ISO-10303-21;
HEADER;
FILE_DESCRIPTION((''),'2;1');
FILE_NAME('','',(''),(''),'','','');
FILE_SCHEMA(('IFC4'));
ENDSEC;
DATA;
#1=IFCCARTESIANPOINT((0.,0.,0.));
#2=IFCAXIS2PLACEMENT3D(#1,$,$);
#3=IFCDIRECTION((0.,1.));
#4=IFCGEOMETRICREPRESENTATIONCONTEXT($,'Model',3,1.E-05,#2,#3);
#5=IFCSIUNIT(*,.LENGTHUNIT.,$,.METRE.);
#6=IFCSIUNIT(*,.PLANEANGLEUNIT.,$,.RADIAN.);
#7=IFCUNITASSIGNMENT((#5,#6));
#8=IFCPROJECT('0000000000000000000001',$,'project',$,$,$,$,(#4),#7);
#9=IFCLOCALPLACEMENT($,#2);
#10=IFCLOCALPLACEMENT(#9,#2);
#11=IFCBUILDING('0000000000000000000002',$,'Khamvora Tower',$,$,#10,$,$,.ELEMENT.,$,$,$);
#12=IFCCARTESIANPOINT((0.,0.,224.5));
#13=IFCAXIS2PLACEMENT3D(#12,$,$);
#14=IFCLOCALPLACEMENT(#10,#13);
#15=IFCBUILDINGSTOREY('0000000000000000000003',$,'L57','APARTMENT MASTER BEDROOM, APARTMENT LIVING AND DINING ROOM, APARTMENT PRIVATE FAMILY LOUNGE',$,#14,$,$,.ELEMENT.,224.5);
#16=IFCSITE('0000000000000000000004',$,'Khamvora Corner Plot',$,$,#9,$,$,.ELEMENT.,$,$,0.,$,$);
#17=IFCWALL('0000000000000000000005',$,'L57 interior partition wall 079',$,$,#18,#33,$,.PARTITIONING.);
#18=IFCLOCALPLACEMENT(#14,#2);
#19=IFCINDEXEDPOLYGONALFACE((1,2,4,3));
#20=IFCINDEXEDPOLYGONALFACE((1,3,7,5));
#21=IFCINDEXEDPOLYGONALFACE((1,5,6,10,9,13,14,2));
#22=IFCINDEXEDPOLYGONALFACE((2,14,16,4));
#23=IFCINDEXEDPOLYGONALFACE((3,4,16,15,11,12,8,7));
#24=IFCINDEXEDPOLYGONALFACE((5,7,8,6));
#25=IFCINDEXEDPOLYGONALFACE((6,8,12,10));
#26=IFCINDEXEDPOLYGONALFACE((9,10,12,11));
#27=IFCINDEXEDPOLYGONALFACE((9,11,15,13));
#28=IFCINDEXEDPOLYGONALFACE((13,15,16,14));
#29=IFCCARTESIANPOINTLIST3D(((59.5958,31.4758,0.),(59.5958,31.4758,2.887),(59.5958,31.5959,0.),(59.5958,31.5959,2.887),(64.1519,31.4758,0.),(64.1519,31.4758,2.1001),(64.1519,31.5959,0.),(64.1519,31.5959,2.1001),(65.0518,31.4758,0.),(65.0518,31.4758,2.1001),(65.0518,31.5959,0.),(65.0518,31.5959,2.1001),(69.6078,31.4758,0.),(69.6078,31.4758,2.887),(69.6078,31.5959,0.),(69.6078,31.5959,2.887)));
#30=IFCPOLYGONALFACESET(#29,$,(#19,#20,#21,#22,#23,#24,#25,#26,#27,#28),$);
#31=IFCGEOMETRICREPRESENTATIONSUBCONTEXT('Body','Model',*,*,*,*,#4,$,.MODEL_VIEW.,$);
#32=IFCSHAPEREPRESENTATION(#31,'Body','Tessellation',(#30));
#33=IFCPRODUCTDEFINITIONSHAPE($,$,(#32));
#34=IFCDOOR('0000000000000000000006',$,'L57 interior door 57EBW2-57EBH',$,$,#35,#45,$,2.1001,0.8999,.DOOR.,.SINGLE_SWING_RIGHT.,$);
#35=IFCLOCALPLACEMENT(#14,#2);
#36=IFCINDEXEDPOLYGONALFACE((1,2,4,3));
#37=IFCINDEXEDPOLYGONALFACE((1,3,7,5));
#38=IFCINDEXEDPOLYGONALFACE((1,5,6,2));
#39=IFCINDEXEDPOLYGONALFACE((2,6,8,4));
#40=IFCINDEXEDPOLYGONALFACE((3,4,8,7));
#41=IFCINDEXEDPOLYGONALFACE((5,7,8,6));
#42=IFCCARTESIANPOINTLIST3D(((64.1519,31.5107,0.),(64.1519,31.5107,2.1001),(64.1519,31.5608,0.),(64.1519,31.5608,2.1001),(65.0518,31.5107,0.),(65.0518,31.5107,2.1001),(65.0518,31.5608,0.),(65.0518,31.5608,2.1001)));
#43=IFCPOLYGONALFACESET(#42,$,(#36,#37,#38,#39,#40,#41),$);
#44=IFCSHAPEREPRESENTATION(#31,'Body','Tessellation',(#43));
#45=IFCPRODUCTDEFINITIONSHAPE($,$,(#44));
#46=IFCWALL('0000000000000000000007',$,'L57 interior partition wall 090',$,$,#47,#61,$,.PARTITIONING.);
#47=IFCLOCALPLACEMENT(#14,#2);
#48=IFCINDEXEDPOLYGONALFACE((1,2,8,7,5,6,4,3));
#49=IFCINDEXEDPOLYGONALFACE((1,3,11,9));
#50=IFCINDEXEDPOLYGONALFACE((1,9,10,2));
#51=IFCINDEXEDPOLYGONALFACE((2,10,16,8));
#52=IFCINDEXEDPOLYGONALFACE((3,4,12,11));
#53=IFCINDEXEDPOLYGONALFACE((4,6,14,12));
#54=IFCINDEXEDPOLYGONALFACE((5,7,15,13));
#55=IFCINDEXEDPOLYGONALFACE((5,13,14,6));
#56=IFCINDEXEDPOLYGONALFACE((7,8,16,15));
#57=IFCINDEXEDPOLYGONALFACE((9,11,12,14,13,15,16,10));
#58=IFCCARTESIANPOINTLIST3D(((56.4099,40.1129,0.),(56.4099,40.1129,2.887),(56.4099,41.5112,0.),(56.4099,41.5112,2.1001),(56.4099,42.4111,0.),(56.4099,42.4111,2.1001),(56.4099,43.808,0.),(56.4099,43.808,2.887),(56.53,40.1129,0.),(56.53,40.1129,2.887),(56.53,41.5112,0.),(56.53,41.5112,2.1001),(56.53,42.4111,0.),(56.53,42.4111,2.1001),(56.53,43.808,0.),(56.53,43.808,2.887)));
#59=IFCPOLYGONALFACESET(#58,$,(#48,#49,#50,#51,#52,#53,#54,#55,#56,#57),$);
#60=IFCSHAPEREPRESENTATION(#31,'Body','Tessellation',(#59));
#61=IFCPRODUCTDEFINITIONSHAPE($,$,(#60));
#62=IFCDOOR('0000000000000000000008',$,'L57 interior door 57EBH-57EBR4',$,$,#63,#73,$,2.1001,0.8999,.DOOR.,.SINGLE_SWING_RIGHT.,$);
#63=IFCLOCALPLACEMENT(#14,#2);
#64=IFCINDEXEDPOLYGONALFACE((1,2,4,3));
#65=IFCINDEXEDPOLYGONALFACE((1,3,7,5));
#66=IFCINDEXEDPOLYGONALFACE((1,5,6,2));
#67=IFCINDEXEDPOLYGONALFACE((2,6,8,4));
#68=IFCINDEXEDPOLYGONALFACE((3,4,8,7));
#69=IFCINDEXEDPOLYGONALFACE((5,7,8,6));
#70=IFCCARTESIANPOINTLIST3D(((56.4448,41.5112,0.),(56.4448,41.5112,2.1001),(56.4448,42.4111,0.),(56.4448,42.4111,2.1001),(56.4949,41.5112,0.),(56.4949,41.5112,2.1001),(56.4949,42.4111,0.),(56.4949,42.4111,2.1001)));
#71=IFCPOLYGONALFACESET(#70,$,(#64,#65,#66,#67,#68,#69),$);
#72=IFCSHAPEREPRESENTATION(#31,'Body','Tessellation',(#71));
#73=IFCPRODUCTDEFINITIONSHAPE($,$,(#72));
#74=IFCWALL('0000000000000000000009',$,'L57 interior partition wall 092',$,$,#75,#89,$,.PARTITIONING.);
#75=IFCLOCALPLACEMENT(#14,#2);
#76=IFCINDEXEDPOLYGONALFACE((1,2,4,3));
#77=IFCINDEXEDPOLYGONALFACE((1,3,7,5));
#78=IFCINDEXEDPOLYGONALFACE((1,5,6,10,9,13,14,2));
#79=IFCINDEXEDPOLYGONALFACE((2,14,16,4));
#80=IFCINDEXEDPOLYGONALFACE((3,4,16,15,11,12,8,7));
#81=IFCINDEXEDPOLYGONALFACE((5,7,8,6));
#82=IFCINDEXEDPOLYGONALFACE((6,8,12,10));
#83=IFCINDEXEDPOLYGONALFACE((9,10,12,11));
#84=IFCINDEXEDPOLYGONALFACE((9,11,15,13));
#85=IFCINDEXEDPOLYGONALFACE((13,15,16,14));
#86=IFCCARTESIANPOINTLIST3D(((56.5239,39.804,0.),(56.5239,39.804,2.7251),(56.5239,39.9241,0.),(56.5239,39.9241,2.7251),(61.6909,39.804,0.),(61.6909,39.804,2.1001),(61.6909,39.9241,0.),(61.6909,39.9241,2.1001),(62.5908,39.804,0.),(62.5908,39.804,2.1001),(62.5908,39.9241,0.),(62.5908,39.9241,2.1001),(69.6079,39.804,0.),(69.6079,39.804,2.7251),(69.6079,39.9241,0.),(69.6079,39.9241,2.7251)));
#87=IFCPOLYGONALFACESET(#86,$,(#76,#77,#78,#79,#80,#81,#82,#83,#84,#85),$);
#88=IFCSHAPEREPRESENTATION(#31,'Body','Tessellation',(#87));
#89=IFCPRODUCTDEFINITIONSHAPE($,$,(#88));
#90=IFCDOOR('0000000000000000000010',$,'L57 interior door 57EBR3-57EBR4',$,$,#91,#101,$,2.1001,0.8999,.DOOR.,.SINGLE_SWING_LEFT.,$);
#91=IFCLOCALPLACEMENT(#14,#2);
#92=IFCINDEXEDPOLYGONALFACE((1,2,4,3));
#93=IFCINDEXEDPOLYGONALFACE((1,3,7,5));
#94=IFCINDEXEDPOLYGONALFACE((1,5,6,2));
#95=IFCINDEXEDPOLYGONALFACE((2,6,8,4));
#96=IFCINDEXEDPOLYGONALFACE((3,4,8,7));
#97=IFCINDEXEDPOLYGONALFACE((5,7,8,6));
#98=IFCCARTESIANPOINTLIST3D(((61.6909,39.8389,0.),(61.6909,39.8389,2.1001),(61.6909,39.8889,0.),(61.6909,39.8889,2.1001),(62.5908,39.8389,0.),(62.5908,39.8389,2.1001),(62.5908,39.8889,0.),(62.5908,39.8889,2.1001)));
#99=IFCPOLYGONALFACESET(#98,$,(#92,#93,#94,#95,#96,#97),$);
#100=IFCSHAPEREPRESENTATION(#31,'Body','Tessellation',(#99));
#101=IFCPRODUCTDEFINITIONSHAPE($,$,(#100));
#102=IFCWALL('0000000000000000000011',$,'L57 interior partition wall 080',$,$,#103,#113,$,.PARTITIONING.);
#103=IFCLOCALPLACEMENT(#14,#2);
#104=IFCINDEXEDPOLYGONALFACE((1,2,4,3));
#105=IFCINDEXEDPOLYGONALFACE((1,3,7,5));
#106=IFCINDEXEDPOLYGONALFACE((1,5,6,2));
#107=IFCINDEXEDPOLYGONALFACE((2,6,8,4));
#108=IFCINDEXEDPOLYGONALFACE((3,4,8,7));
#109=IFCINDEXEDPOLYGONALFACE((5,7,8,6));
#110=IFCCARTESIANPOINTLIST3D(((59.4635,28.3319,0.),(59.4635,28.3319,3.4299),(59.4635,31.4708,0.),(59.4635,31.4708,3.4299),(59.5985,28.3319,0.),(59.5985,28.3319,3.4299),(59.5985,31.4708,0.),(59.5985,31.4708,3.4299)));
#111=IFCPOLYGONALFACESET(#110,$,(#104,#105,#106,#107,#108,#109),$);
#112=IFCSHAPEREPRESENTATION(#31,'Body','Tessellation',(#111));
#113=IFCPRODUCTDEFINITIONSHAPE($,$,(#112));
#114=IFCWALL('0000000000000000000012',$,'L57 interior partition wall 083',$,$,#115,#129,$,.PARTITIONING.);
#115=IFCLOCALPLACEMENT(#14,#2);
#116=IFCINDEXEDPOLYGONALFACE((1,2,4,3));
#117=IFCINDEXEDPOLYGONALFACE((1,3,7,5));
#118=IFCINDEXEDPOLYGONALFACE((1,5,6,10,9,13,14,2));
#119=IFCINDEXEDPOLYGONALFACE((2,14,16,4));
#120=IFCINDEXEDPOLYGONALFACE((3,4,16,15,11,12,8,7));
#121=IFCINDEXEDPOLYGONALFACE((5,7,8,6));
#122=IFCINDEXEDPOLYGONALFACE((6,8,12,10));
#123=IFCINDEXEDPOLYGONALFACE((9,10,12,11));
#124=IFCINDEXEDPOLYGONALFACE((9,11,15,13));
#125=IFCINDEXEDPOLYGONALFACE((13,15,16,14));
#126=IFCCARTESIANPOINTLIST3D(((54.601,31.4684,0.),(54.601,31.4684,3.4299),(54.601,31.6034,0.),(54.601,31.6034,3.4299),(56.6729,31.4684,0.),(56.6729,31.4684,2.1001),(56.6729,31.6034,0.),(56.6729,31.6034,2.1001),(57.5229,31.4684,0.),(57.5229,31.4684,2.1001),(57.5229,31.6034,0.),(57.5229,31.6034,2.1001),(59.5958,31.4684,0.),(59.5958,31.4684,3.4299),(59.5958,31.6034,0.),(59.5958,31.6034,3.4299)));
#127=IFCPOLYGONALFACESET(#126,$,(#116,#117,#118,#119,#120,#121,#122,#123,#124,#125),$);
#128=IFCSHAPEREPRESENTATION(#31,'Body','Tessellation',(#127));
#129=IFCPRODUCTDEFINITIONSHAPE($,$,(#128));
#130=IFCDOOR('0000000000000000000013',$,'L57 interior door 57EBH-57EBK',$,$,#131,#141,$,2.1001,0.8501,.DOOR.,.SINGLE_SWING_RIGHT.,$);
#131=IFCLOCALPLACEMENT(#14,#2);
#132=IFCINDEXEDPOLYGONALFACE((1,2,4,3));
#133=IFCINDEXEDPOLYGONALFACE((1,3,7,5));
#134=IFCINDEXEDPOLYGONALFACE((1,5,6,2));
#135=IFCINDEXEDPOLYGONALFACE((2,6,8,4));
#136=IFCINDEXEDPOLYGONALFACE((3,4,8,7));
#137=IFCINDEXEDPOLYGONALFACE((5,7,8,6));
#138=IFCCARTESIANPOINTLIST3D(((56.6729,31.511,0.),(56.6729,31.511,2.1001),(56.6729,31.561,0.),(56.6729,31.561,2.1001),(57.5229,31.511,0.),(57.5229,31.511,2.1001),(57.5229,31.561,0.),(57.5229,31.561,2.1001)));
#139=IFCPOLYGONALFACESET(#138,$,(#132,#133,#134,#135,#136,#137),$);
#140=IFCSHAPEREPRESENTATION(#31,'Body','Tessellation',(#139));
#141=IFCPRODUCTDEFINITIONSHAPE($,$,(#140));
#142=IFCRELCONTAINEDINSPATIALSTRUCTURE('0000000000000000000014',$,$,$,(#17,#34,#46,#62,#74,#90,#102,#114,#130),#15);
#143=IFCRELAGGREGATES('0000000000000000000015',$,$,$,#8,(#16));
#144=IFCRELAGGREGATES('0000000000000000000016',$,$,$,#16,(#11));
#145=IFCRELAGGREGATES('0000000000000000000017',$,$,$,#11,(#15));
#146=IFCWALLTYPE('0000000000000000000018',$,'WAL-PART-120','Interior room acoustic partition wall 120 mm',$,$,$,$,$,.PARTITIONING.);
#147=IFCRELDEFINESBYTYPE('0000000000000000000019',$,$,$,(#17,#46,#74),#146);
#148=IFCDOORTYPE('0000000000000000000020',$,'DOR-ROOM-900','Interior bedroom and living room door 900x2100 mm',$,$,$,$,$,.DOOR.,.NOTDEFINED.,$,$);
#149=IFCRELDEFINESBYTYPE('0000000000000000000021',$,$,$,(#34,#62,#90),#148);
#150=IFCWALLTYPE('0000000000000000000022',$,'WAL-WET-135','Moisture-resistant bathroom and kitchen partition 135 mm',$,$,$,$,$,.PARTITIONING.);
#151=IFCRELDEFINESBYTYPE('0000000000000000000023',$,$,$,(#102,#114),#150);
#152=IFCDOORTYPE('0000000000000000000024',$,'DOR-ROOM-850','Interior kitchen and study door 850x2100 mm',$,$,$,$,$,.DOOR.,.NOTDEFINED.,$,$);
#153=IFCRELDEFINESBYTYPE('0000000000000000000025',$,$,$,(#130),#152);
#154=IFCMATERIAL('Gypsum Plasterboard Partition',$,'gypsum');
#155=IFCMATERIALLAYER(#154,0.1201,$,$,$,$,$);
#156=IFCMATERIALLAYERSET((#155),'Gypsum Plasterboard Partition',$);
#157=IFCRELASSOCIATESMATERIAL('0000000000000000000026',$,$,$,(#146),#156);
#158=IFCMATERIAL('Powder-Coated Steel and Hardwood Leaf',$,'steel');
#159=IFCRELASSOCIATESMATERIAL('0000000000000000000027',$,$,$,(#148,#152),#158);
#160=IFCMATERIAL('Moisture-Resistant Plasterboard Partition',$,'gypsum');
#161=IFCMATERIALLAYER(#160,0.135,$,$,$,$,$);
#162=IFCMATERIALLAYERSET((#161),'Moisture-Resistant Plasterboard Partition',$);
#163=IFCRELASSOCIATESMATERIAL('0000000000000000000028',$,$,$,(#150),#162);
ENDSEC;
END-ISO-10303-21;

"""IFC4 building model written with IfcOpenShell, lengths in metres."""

from ifc_helpers import new_model, si_unit, direction, frame, frame_2d, origin, place, context, subcontext, project, spatial, rectangle, extrude, material, layer, layer_set, type_object, element, fill, save


model = new_model("IFC4")

# Units and contexts
model_context = context("Model", 3, precision=1e-05, world=origin(), true_north=direction((0.0, 1.0)))
body_context = subcontext(model_context, "Body", "Model", "MODEL_VIEW")
ifc_project = project(units=[si_unit("LENGTHUNIT", "METRE"), si_unit("PLANEANGLEUNIT", "RADIAN")], contexts=[model_context])

# Site, building, storey
site_placement = place(None, origin())
site = spatial("IfcSite", under=ifc_project, at=site_placement, Name="Khamvora Corner Plot", CompositionType="ELEMENT", RefElevation=0.0)
building_placement = place(site_placement, origin())
building = spatial("IfcBuilding", under=site, at=building_placement, Name="Khamvora Tower", CompositionType="ELEMENT")
storey_placement = place(building_placement, frame((0.0, 0.0, 224.5)))
storey = spatial("IfcBuildingStorey", under=building, at=storey_placement, Name="L57", Description="APARTMENT MASTER BEDROOM, APARTMENT LIVING AND DINING ROOM, APARTMENT PRIVATE FAMILY LOUNGE", CompositionType="ELEMENT", Elevation=224.5)

# Walls, openings, doors
ifc_material_1 = material(Name="Gypsum Plasterboard Partition", Category="gypsum")
ifc_layer_1 = layer(ifc_material_1, 0.1201)
ifc_layer_set_1 = layer_set([ifc_layer_1], Name="Gypsum Plasterboard Partition")
wall_type_1 = type_object("IfcWallType", Name="WAL-PART-120", Description="Interior room acoustic partition wall 120 mm", PredefinedType="PARTITIONING", material=ifc_layer_set_1)
wall_1_placement = place(storey_placement, frame((59.5959, 31.5359, 0.0), z_axis=(0.0, 0.0, 1.0), x_axis=(1.0, 0.0, 0.0)))
wall_1 = element("IfcWall", 1, at=wall_1_placement, inside=storey, type_object=wall_type_1, Name="L57 interior partition wall 079", PredefinedType="PARTITIONING", context=body_context, shape_type="SweptSolid", body=[
    extrude(rectangle(XDim=10.012, YDim=0.1201, at=frame_2d((5.0059, 0.0))), origin(), (0.0, 0.0, 1.0), 2.887),
])
opening_1_placement = place(wall_1_placement, frame((4.5559, 0.0, 0.0)))
opening_1 = element("IfcOpeningElement", 2, at=opening_1_placement, cuts=wall_1, PredefinedType="OPENING", context=body_context, shape_type="SweptSolid", body=[
    extrude(rectangle(XDim=0.8999, YDim=2.1001, at=frame_2d((0.45, 1.05))), frame((0.0, 0.0701, 0.0), z_axis=(0.0, -1.0, 0.0), x_axis=(1.0, 0.0, 0.0)), (0.0, 0.0, 1.0), 0.1401),
])
ifc_material_2 = material(Name="Powder-Coated Steel and Hardwood Leaf", Category="steel")
door_type_1 = type_object("IfcDoorType", Name="DOR-ROOM-900", Description="Interior bedroom and living room door 900x2100 mm", OperationType="NOTDEFINED", PredefinedType="DOOR", material=ifc_material_2)
door_1_placement = place(opening_1_placement, origin())
door_1 = element("IfcDoor", 3, at=door_1_placement, inside=storey, type_object=door_type_1, Name="L57 interior door 57EBW2-57EBH", OperationType="SINGLE_SWING_RIGHT", OverallHeight=2.1001, OverallWidth=0.8999, PredefinedType="DOOR", context=body_context, shape_type="SweptSolid", body=[
    extrude(rectangle(XDim=0.8999, YDim=2.1001, at=frame_2d((0.45, 1.05))), frame((0.0, 0.0249, 0.0), z_axis=(0.0, -1.0, 0.0), x_axis=(1.0, 0.0, 0.0)), (0.0, 0.0, 1.0), 0.05),
])
fill(opening_1, door_1)
wall_2_placement = place(storey_placement, frame((56.47, 43.8081, 0.0), z_axis=(0.0, 0.0, 1.0), x_axis=(0.0, -1.0, 0.0)))
wall_2 = element("IfcWall", 4, at=wall_2_placement, inside=storey, type_object=wall_type_1, Name="L57 interior partition wall 090", PredefinedType="PARTITIONING", context=body_context, shape_type="SweptSolid", body=[
    extrude(rectangle(XDim=3.6951, YDim=0.1201, at=frame_2d((1.8477, 0.0))), origin(), (0.0, 0.0, 1.0), 2.887),
])
opening_2_placement = place(wall_2_placement, frame((1.397, 0.0, 0.0)))
opening_2 = element("IfcOpeningElement", 5, at=opening_2_placement, cuts=wall_2, PredefinedType="OPENING", context=body_context, shape_type="SweptSolid", body=[
    extrude(rectangle(XDim=0.8999, YDim=2.1001, at=frame_2d((0.45, 1.05))), frame((0.0, 0.0701, 0.0), z_axis=(0.0, -1.0, 0.0), x_axis=(1.0, 0.0, 0.0)), (0.0, 0.0, 1.0), 0.1401),
])
door_2_placement = place(opening_2_placement, origin())
door_2 = element("IfcDoor", 6, at=door_2_placement, inside=storey, type_object=door_type_1, Name="L57 interior door 57EBH-57EBR4", OperationType="SINGLE_SWING_RIGHT", OverallHeight=2.1001, OverallWidth=0.8999, PredefinedType="DOOR", context=body_context, shape_type="SweptSolid", body=[
    extrude(rectangle(XDim=0.8999, YDim=2.1001, at=frame_2d((0.45, 1.05))), frame((0.0, 0.0249, 0.0), z_axis=(0.0, -1.0, 0.0), x_axis=(1.0, 0.0, 0.0)), (0.0, 0.0, 1.0), 0.05),
])
fill(opening_2, door_2)
wall_3_placement = place(storey_placement, frame((56.5239, 39.864, 0.0), z_axis=(0.0, 0.0, 1.0), x_axis=(1.0, 0.0, 0.0)))
wall_3 = element("IfcWall", 7, at=wall_3_placement, inside=storey, type_object=wall_type_1, Name="L57 interior partition wall 092", PredefinedType="PARTITIONING", context=body_context, shape_type="SweptSolid", body=[
    extrude(rectangle(XDim=13.084, YDim=0.1201, at=frame_2d((6.542, 0.0))), origin(), (0.0, 0.0, 1.0), 2.7251),
])
opening_3_placement = place(wall_3_placement, frame((5.167, 0.0, 0.0)))
opening_3 = element("IfcOpeningElement", 8, at=opening_3_placement, cuts=wall_3, PredefinedType="OPENING", context=body_context, shape_type="SweptSolid", body=[
    extrude(rectangle(XDim=0.8999, YDim=2.1001, at=frame_2d((0.45, 1.05))), frame((0.0, 0.0701, 0.0), z_axis=(0.0, -1.0, 0.0), x_axis=(1.0, 0.0, 0.0)), (0.0, 0.0, 1.0), 0.1401),
])
door_3_placement = place(opening_3_placement, origin())
door_3 = element("IfcDoor", 9, at=door_3_placement, inside=storey, type_object=door_type_1, Name="L57 interior door 57EBR3-57EBR4", OperationType="SINGLE_SWING_LEFT", OverallHeight=2.1001, OverallWidth=0.8999, PredefinedType="DOOR", context=body_context, shape_type="SweptSolid", body=[
    extrude(rectangle(XDim=0.8999, YDim=2.1001, at=frame_2d((0.45, 1.05))), frame((0.0, 0.0249, 0.0), z_axis=(0.0, -1.0, 0.0), x_axis=(1.0, 0.0, 0.0)), (0.0, 0.0, 1.0), 0.05),
])
fill(opening_3, door_3)

# Wall
ifc_material_3 = material(Name="Moisture-Resistant Plasterboard Partition", Category="gypsum")
ifc_layer_2 = layer(ifc_material_3, 0.135)
ifc_layer_set_2 = layer_set([ifc_layer_2], Name="Moisture-Resistant Plasterboard Partition")
wall_type_2 = type_object("IfcWallType", Name="WAL-WET-135", Description="Moisture-resistant bathroom and kitchen partition 135 mm", PredefinedType="PARTITIONING", material=ifc_layer_set_2)
wall_4_placement = place(storey_placement, frame((59.531, 28.332, 0.0), z_axis=(0.0, 0.0, 1.0), x_axis=(0.0, 1.0, 0.0)))
element("IfcWall", 10, at=wall_4_placement, inside=storey, type_object=wall_type_2, Name="L57 interior partition wall 080", PredefinedType="PARTITIONING", context=body_context, shape_type="SweptSolid", body=[
    extrude(rectangle(XDim=3.1389, YDim=0.135, at=frame_2d((1.5693, 0.0))), origin(), (0.0, 0.0, 1.0), 3.4299),
])

# Wall, opening, door
wall_5_placement = place(storey_placement, frame((59.5959, 31.5359, 0.0), z_axis=(0.0, 0.0, 1.0), x_axis=(-1.0, 0.0, 0.0)))
wall_5 = element("IfcWall", 11, at=wall_5_placement, inside=storey, type_object=wall_type_2, Name="L57 interior partition wall 083", PredefinedType="PARTITIONING", context=body_context, shape_type="SweptSolid", body=[
    extrude(rectangle(XDim=4.9949, YDim=0.135, at=frame_2d((2.4976, 0.0))), origin(), (0.0, 0.0, 1.0), 3.4299),
])
opening_4_placement = place(wall_5_placement, frame((2.073, 0.0, 0.0)))
opening_4 = element("IfcOpeningElement", 12, at=opening_4_placement, cuts=wall_5, PredefinedType="OPENING", context=body_context, shape_type="SweptSolid", body=[
    extrude(rectangle(XDim=0.8501, YDim=2.1001, at=frame_2d((0.425, 1.05))), frame((0.0, 0.0774, 0.0), z_axis=(0.0, -1.0, 0.0), x_axis=(1.0, 0.0, 0.0)), (0.0, 0.0, 1.0), 0.155),
])
door_type_2 = type_object("IfcDoorType", Name="DOR-ROOM-850", Description="Interior kitchen and study door 850x2100 mm", OperationType="NOTDEFINED", PredefinedType="DOOR", material=ifc_material_2)
door_4_placement = place(opening_4_placement, origin())
door_4 = element("IfcDoor", 13, at=door_4_placement, inside=storey, type_object=door_type_2, Name="L57 interior door 57EBH-57EBK", OperationType="SINGLE_SWING_RIGHT", OverallHeight=2.1001, OverallWidth=0.8501, PredefinedType="DOOR", context=body_context, shape_type="SweptSolid", body=[
    extrude(rectangle(XDim=0.8501, YDim=2.1001, at=frame_2d((0.425, 1.05))), frame((0.0, 0.0249, 0.0), z_axis=(0.0, -1.0, 0.0), x_axis=(1.0, 0.0, 0.0)), (0.0, 0.0, 1.0), 0.05),
])
fill(opening_4, door_4)

save(model, "model.ifc")
